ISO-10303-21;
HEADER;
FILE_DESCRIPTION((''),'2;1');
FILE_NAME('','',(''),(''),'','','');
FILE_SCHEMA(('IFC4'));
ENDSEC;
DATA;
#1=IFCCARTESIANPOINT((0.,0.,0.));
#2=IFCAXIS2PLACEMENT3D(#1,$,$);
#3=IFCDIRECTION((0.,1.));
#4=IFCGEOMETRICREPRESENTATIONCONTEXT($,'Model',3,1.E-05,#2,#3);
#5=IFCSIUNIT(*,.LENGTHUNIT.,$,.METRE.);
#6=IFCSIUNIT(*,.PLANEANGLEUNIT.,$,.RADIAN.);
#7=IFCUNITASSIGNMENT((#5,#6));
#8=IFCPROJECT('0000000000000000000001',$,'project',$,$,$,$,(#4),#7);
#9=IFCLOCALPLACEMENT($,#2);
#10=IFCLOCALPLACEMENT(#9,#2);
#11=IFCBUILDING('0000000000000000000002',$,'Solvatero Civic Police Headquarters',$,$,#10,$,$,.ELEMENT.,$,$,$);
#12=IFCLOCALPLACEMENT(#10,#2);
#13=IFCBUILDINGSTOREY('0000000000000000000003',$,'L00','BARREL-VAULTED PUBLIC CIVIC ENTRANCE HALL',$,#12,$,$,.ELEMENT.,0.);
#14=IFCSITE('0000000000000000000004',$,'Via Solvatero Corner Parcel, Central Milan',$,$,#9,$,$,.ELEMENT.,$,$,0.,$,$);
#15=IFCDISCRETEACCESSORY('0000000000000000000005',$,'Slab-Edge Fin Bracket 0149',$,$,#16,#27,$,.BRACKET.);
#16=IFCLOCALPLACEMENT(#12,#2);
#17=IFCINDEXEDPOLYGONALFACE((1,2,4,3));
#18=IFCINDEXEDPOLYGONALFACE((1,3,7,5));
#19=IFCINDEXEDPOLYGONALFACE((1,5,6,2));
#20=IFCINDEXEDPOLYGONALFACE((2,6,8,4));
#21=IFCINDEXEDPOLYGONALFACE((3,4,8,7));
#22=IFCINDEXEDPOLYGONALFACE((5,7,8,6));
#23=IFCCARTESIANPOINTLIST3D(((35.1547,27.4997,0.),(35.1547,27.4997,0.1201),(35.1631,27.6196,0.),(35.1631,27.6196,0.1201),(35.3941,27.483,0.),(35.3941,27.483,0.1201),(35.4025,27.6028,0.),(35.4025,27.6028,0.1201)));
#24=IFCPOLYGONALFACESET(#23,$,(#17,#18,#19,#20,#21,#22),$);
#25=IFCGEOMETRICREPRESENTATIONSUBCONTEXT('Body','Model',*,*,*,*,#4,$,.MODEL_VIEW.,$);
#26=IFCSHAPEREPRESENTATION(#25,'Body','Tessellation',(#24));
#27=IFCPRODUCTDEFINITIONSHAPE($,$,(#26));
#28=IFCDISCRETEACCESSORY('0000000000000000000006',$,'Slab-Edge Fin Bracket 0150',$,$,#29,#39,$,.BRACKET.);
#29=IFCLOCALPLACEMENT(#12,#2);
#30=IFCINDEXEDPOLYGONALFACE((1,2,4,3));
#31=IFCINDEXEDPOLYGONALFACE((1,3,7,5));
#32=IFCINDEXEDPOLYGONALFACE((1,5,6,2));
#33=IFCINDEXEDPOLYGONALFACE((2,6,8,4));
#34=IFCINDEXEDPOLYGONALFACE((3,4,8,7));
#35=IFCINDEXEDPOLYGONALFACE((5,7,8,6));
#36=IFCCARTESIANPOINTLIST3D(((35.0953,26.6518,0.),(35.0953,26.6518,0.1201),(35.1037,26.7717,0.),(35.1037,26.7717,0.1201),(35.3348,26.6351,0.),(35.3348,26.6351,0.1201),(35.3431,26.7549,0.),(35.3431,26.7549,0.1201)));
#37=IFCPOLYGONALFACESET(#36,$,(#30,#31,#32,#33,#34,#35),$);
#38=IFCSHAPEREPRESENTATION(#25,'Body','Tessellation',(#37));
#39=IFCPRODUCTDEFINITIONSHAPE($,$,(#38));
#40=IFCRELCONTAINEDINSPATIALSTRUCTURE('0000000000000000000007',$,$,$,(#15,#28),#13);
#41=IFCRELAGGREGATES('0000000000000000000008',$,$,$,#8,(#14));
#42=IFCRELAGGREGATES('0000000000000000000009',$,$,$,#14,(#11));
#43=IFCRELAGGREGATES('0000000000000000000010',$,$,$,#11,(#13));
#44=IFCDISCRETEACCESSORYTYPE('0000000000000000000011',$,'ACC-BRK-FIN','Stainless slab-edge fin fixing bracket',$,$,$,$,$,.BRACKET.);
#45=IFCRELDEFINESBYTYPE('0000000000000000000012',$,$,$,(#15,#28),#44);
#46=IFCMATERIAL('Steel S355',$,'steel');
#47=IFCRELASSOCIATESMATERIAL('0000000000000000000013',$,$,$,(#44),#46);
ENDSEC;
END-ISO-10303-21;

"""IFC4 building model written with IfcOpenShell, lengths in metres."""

from ifc_helpers import new_model, si_unit, direction, frame, origin, origin_2d, place, context, subcontext, project, spatial, rectangle, extrude, material, type_object, element, save


model = new_model("IFC4")

# Units and contexts
model_context = context("Model", 3, precision=1e-05, world=origin(), true_north=direction((0.0, 1.0)))
body_context = subcontext(model_context, "Body", "Model", "MODEL_VIEW")
ifc_project = project(units=[si_unit("LENGTHUNIT", "METRE"), si_unit("PLANEANGLEUNIT", "RADIAN")], contexts=[model_context])

# Site, building, storey
site_placement = place(None, origin())
site = spatial("IfcSite", under=ifc_project, at=site_placement, Name="Via Solvatero Corner Parcel, Central Milan", CompositionType="ELEMENT", RefElevation=0.0)
building_placement = place(site_placement, origin())
building = spatial("IfcBuilding", under=site, at=building_placement, Name="Solvatero Civic Police Headquarters", CompositionType="ELEMENT")
storey_placement = place(building_placement, origin())
storey = spatial("IfcBuildingStorey", under=building, at=storey_placement, Name="L00", Description="BARREL-VAULTED PUBLIC CIVIC ENTRANCE HALL", CompositionType="ELEMENT", Elevation=0.0)

# Shared definitions
ifc_material_1 = material(Name="Steel S355", Category="steel")

# Discrete accessories
discrete_accessory_type = type_object("IfcDiscreteAccessoryType", Name="ACC-BRK-FIN", Description="Stainless slab-edge fin fixing bracket", PredefinedType="BRACKET", material=ifc_material_1)
for number, where, z_axis, x_axis, name in (
    (1, (35.2786, 27.5513, 0.0), (0.0, 0.0, 1.0), (-0.069756, -0.997564, 0.0), "Slab-Edge Fin Bracket 0149"),
    (2, (35.2192, 26.7034, 0.0), (0.0, 0.0, 1.0), (-0.069756, -0.997564, 0.0), "Slab-Edge Fin Bracket 0150"),
):
    element("IfcDiscreteAccessory", number, at=place(storey_placement, frame(where, z_axis=z_axis, x_axis=x_axis)), inside=storey, type_object=discrete_accessory_type, Name=name, PredefinedType="BRACKET", context=body_context, shape_type="SweptSolid", body=[
        extrude(rectangle(XDim=0.1201, YDim=0.24, at=origin_2d()), origin(), (0.0, 0.0, 1.0), 0.1201),
    ])

save(model, "model.ifc")
